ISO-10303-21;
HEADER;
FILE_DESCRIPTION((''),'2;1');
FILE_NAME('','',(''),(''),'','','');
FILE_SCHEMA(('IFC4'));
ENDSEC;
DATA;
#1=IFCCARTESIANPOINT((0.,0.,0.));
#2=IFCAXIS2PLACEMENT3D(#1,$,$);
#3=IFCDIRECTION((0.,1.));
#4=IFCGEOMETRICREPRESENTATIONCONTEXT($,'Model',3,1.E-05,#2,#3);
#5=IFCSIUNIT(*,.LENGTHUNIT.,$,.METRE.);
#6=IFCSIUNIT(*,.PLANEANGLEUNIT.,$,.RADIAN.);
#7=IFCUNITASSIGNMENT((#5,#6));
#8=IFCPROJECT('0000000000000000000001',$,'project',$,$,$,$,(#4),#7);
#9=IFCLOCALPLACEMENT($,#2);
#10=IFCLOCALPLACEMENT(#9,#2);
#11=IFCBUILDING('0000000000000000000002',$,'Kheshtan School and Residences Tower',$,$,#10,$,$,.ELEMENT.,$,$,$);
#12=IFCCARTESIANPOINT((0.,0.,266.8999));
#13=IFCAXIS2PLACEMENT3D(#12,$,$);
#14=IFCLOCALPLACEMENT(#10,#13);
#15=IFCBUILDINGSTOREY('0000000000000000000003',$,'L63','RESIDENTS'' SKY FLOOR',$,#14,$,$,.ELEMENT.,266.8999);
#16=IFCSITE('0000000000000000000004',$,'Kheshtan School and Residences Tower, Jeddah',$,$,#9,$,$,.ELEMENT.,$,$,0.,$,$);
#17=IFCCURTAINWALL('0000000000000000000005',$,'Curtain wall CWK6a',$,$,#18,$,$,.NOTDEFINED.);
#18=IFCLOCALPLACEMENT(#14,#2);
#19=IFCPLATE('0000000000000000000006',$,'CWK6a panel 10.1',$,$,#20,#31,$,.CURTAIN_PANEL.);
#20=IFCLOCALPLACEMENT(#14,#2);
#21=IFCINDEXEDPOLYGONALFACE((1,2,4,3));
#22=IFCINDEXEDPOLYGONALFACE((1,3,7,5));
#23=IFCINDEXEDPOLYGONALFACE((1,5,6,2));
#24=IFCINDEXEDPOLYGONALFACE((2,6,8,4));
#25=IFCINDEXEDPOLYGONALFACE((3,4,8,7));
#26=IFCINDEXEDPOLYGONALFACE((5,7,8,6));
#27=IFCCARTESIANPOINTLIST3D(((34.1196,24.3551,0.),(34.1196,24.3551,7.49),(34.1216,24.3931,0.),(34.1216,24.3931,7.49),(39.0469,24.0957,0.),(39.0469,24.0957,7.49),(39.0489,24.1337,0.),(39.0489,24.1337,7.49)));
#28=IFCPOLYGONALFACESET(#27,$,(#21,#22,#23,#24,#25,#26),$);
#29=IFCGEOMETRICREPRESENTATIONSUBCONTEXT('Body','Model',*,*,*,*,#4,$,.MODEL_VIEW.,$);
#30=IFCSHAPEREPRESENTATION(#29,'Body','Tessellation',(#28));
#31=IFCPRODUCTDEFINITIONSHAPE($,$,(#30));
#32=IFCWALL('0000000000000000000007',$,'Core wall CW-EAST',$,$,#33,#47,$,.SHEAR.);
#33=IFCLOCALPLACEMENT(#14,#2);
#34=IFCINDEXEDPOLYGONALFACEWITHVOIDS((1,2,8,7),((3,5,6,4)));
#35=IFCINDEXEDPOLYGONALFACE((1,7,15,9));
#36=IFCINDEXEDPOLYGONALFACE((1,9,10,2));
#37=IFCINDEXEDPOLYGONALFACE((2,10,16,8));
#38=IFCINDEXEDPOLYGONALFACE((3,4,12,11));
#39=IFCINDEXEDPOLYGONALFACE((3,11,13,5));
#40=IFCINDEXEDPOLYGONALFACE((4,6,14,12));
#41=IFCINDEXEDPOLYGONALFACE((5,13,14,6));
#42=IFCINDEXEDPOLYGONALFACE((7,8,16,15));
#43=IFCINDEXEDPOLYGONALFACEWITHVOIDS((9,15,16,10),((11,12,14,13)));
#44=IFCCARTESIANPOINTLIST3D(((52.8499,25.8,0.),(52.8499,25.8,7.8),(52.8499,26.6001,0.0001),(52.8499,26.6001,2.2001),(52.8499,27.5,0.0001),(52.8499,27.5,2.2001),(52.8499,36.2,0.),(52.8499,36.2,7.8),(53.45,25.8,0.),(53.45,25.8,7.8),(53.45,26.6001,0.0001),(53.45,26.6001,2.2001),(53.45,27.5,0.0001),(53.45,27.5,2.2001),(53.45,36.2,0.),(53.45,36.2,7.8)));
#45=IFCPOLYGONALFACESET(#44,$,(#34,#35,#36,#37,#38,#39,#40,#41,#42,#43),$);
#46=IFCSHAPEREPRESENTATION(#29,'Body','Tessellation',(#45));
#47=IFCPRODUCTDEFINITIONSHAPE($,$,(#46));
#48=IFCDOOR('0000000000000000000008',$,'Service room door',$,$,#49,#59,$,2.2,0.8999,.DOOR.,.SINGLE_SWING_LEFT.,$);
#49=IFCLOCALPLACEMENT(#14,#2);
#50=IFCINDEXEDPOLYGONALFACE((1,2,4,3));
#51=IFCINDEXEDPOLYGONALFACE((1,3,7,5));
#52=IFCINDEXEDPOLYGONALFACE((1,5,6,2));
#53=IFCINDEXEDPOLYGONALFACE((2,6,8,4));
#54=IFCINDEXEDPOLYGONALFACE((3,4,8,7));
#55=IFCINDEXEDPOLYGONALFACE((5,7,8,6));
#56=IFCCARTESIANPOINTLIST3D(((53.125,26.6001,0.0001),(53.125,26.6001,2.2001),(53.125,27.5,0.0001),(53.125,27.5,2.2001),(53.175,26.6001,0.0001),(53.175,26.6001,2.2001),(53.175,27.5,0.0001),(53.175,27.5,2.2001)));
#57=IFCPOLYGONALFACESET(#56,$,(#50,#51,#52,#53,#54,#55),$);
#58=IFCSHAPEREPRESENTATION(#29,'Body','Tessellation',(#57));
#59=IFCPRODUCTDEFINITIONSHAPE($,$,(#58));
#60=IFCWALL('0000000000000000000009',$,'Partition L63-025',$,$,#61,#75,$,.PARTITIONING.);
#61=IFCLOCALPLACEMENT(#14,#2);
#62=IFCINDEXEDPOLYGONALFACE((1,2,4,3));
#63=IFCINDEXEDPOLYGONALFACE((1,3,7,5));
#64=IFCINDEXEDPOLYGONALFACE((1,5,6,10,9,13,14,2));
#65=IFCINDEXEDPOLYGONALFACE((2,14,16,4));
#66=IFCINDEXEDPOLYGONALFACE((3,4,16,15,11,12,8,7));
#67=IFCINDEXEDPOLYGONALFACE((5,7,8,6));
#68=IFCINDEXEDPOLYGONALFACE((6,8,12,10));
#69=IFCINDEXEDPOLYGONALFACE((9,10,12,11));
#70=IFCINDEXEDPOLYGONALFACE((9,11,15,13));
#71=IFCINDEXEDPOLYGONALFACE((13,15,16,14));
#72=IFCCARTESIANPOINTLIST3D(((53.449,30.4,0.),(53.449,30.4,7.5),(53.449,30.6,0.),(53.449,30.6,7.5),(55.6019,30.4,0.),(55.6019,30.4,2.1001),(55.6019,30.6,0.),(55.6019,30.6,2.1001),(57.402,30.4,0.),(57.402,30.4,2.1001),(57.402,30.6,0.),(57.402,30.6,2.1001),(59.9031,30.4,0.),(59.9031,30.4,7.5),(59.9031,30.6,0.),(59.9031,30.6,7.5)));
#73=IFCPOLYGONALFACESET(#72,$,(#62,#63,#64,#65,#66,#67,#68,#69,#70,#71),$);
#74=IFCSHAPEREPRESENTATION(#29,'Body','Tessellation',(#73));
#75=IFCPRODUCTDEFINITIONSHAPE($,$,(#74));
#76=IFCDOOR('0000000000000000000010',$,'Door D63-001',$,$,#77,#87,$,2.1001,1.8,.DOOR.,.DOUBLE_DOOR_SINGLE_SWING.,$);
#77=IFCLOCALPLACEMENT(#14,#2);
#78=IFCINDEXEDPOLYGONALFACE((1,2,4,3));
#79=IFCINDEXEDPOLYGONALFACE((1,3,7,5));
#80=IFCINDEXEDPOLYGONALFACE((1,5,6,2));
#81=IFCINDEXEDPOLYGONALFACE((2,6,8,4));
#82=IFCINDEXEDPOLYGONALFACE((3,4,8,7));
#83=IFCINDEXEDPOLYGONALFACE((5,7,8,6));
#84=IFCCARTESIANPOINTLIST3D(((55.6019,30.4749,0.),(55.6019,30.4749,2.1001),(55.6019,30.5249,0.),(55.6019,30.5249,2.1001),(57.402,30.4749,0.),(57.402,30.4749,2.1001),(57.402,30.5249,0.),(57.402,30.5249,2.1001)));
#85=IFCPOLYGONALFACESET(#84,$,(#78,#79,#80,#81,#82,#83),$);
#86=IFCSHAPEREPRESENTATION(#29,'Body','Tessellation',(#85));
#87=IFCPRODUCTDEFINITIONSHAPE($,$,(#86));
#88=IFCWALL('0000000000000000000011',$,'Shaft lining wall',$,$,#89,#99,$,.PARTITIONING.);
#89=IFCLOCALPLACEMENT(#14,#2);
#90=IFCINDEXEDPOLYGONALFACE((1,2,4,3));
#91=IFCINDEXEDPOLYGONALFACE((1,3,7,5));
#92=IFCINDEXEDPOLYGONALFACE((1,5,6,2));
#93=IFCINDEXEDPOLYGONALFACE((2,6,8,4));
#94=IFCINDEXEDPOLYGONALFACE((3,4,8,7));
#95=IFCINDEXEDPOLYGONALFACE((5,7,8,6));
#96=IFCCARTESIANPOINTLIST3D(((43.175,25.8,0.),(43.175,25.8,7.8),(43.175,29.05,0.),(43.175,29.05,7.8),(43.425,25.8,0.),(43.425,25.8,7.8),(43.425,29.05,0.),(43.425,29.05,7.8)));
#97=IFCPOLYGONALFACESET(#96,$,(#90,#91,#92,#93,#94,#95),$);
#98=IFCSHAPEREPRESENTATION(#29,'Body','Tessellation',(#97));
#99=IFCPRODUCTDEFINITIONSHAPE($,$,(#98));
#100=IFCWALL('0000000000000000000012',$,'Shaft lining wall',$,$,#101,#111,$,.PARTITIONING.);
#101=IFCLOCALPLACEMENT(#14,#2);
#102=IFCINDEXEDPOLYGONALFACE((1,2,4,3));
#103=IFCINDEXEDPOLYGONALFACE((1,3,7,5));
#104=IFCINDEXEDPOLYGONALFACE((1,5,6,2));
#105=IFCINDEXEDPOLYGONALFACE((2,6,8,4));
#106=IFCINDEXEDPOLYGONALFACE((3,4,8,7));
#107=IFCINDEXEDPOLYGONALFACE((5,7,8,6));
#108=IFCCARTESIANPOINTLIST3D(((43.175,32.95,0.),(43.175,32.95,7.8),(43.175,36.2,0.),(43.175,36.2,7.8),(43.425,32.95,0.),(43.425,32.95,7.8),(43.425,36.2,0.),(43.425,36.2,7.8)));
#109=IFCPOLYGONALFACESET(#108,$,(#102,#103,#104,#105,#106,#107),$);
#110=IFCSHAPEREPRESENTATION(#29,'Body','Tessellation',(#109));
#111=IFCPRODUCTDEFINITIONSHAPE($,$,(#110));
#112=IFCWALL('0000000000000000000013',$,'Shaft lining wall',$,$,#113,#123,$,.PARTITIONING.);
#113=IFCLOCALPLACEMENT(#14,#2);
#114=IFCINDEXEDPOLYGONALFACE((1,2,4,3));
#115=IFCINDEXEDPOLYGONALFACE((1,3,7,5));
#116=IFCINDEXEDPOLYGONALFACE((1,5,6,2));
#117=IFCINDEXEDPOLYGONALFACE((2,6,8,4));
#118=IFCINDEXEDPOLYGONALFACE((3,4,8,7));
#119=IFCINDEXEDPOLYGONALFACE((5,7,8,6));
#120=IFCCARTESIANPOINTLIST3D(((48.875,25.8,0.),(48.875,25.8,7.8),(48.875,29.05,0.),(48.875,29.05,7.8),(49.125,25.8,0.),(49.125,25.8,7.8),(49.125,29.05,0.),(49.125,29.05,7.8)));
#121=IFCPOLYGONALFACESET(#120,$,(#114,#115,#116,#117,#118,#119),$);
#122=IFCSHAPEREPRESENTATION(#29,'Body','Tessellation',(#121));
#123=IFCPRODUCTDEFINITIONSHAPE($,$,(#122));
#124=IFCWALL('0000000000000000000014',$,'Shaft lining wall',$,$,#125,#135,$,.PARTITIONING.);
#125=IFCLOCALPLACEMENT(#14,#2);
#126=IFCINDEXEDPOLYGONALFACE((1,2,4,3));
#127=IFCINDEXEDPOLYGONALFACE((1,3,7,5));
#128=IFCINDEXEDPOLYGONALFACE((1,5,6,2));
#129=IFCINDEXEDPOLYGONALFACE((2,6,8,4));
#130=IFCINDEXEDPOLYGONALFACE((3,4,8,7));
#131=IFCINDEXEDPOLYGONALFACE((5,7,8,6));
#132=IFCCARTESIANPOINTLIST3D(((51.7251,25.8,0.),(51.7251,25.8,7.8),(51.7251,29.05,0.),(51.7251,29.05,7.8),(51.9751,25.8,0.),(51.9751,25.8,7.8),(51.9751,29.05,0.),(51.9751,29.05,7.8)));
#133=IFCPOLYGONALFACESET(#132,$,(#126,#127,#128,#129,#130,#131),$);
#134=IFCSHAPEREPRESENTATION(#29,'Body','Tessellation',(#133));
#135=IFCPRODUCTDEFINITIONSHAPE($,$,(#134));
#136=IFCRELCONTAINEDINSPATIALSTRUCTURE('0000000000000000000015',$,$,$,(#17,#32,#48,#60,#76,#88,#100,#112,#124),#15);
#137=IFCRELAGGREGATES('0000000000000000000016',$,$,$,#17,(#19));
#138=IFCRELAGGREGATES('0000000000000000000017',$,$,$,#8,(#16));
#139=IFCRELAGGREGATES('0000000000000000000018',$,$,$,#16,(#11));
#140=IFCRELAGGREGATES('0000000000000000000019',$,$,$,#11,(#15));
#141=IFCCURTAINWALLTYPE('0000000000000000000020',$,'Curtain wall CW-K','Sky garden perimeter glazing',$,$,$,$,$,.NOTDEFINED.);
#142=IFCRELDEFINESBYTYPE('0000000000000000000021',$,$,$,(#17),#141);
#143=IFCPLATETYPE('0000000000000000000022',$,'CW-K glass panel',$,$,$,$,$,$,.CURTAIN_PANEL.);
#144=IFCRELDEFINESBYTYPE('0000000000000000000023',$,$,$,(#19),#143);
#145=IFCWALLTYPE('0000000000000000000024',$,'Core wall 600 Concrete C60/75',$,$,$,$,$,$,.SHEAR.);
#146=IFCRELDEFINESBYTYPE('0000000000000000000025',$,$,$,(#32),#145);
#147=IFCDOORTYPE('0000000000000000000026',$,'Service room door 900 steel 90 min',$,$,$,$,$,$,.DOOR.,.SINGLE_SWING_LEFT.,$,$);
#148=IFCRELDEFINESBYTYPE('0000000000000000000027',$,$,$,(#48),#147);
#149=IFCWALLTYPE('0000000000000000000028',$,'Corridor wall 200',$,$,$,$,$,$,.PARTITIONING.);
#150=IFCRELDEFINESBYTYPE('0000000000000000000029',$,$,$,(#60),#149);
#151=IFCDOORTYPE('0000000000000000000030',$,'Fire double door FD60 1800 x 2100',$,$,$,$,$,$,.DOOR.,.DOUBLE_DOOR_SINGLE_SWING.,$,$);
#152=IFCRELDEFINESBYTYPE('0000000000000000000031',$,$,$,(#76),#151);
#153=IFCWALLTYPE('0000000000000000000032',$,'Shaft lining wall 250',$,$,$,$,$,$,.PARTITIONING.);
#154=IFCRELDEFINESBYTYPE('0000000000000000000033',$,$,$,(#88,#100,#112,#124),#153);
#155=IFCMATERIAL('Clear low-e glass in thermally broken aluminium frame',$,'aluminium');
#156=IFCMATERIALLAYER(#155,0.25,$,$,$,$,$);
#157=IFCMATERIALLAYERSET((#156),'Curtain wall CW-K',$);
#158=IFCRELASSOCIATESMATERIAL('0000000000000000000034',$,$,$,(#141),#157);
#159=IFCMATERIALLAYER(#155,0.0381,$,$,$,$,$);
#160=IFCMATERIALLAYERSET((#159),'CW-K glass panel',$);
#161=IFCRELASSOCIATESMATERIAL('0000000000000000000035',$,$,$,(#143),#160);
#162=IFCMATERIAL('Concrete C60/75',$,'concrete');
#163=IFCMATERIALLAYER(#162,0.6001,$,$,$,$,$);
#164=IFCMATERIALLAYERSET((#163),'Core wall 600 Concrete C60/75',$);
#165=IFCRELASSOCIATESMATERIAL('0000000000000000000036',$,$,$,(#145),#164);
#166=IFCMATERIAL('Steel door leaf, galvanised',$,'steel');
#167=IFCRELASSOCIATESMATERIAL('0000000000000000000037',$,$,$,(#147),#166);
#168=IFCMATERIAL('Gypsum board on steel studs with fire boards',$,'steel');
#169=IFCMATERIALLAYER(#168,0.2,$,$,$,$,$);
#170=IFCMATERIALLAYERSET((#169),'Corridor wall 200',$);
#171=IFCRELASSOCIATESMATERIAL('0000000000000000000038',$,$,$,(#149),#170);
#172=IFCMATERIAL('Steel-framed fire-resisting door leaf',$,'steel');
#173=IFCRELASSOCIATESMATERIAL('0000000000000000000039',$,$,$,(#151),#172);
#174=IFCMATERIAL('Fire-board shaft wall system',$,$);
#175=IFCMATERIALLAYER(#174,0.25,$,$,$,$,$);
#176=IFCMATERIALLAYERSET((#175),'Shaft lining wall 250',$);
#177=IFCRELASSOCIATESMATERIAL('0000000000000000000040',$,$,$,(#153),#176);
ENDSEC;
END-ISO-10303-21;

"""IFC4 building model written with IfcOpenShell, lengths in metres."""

from ifc_helpers import new_model, si_unit, direction, frame, frame_2d, origin, origin_2d, place, context, subcontext, project, spatial, rectangle, extrude, source, transform, mapped, material, layer, layer_set, type_object, element, fill, aggregate, save


model = new_model("IFC4")

# Units and contexts
model_context = context("Model", 3, precision=1e-05, world=origin(), true_north=direction((0.0, 1.0)))
body_context = subcontext(model_context, "Body", "Model", "MODEL_VIEW")
ifc_project = project(units=[si_unit("LENGTHUNIT", "METRE"), si_unit("PLANEANGLEUNIT", "RADIAN")], contexts=[model_context])

# Site, building, storey
site_placement = place(None, origin())
site = spatial("IfcSite", under=ifc_project, at=site_placement, Name="Kheshtan School and Residences Tower, Jeddah", CompositionType="ELEMENT", RefElevation=0.0)
building_placement = place(site_placement, origin())
building = spatial("IfcBuilding", under=site, at=building_placement, Name="Kheshtan School and Residences Tower", CompositionType="ELEMENT")
storey_placement = place(building_placement, frame((0.0, 0.0, 266.8999)))
storey = spatial("IfcBuildingStorey", under=building, at=storey_placement, Name="L63", Description="RESIDENTS' SKY FLOOR", CompositionType="ELEMENT", Elevation=266.8999)

# Curtain wall, plate
ifc_material_1 = material(Name="Clear low-e glass in thermally broken aluminium frame", Category="aluminium")
ifc_layer_1 = layer(ifc_material_1, 0.25)
ifc_layer_set_1 = layer_set([ifc_layer_1], Name="Curtain wall CW-K")
curtain_wall_type = type_object("IfcCurtainWallType", Name="Curtain wall CW-K", Description="Sky garden perimeter glazing", PredefinedType="NOTDEFINED", material=ifc_layer_set_1)
curtain_wall_placement = place(storey_placement, origin())
curtain_wall = element("IfcCurtainWall", 1, at=curtain_wall_placement, inside=storey, type_object=curtain_wall_type, Name="Curtain wall CWK6a", PredefinedType="NOTDEFINED")
ifc_layer_2 = layer(ifc_material_1, 0.0381)
ifc_layer_set_2 = layer_set([ifc_layer_2], Name="CW-K glass panel")
plate_type = type_object("IfcPlateType", Name="CW-K glass panel", PredefinedType="CURTAIN_PANEL", material=ifc_layer_set_2)
plate_1_placement = place(storey_placement, frame((36.5842, 24.2444, 0.0), z_axis=(0.0, 0.0, 1.0), x_axis=(-0.998617, 0.052566, 0.0)))
plate_1 = element("IfcPlate", 2, at=plate_1_placement, type_object=plate_type, Name="CWK6a panel 10.1", PredefinedType="CURTAIN_PANEL", context=body_context, shape_type="SweptSolid", body=[
    extrude(rectangle(XDim=4.9341, YDim=0.0381, at=origin_2d()), origin(), (0.0, 0.0, 1.0), 7.49),
])
aggregate(curtain_wall, [plate_1])

# Walls, openings, doors
ifc_material_2 = material(Name="Concrete C60/75", Category="concrete")
ifc_layer_3 = layer(ifc_material_2, 0.6001)
ifc_layer_set_3 = layer_set([ifc_layer_3], Name="Core wall 600 Concrete C60/75")
wall_type_1 = type_object("IfcWallType", Name="Core wall 600 Concrete C60/75", PredefinedType="SHEAR", material=ifc_layer_set_3)
wall_1_placement = place(storey_placement, frame((53.1499, 25.8, 0.0), z_axis=(0.0, 0.0, 1.0), x_axis=(0.0, 1.0, 0.0)))
wall_1 = element("IfcWall", 3, at=wall_1_placement, inside=storey, type_object=wall_type_1, Name="Core wall CW-EAST", PredefinedType="SHEAR", context=body_context, shape_type="SweptSolid", body=[
    extrude(rectangle(XDim=10.3999, YDim=0.6001, at=frame_2d((5.2, 0.0))), origin(), (0.0, 0.0, 1.0), 7.8),
])
opening_1_placement = place(wall_1_placement, frame((0.8, 0.0, 0.0)))
opening_1 = element("IfcOpeningElement", 4, at=opening_1_placement, cuts=wall_1, PredefinedType="OPENING", context=body_context, shape_type="SweptSolid", body=[
    extrude(rectangle(XDim=0.8999, YDim=2.2, at=frame_2d((0.45, 1.1001))), frame((0.0, 0.3101, 0.0), z_axis=(0.0, -1.0, 0.0), x_axis=(1.0, 0.0, 0.0)), (0.0, 0.0, 1.0), 0.6201),
])
ifc_material_3 = material(Name="Steel door leaf, galvanised", Category="steel")
door_type_1 = type_object("IfcDoorType", Name="Service room door 900 steel 90 min", OperationType="SINGLE_SWING_LEFT", PredefinedType="DOOR", material=ifc_material_3)
shared_shape_1 = source(origin(), body_context, "Body", "SweptSolid", [
    extrude(rectangle(XDim=0.8999, YDim=2.2, at=frame_2d((0.45, 1.1001))), frame((0.0, 0.0249, 0.0), z_axis=(0.0, -1.0, 0.0), x_axis=(1.0, 0.0, 0.0)), (0.0, 0.0, 1.0), 0.05),
])
door_1_placement = place(opening_1_placement, origin())
door_1 = element("IfcDoor", 5, at=door_1_placement, inside=storey, type_object=door_type_1, Name="Service room door", OperationType="SINGLE_SWING_LEFT", OverallHeight=2.2, OverallWidth=0.8999, PredefinedType="DOOR", context=body_context, shape_type="MappedRepresentation", body=[
    mapped(shared_shape_1, transform((0.0, 0.0, 0.0), x_axis=(1.0, 0.0, 0.0), y_axis=(0.0, 1.0, 0.0), z_axis=(0.0, 0.0, 1.0), scale=1.0)),
])
fill(opening_1, door_1)
ifc_material_4 = material(Name="Gypsum board on steel studs with fire boards", Category="steel")
ifc_layer_4 = layer(ifc_material_4, 0.2)
ifc_layer_set_4 = layer_set([ifc_layer_4], Name="Corridor wall 200")
wall_type_2 = type_object("IfcWallType", Name="Corridor wall 200", PredefinedType="PARTITIONING", material=ifc_layer_set_4)
wall_2_placement = place(storey_placement, frame((53.449, 30.5, 0.0), z_axis=(0.0, 0.0, 1.0), x_axis=(1.0, 0.0, 0.0)))
wall_2 = element("IfcWall", 6, at=wall_2_placement, inside=storey, type_object=wall_type_2, Name="Partition L63-025", PredefinedType="PARTITIONING", context=body_context, shape_type="SweptSolid", body=[
    extrude(rectangle(XDim=6.4541, YDim=0.2, at=frame_2d((3.2271, 0.0))), origin(), (0.0, 0.0, 1.0), 7.5),
])
opening_2_placement = place(wall_2_placement, frame((2.1531, 0.0, 0.0)))
opening_2 = element("IfcOpeningElement", 7, at=opening_2_placement, cuts=wall_2, PredefinedType="OPENING", context=body_context, shape_type="SweptSolid", body=[
    extrude(rectangle(XDim=1.8, YDim=2.1001, at=frame_2d((0.8999, 1.05))), frame((0.0, 0.1099, 0.0), z_axis=(0.0, -1.0, 0.0), x_axis=(1.0, 0.0, 0.0)), (0.0, 0.0, 1.0), 0.22),
])
ifc_material_5 = material(Name="Steel-framed fire-resisting door leaf", Category="steel")
door_type_2 = type_object("IfcDoorType", Name="Fire double door FD60 1800 x 2100", OperationType="DOUBLE_DOOR_SINGLE_SWING", PredefinedType="DOOR", material=ifc_material_5)
shared_shape_2 = source(origin(), body_context, "Body", "SweptSolid", [
    extrude(rectangle(XDim=1.8, YDim=2.1001, at=frame_2d((0.8999, 1.05))), frame((0.0, 0.0249, 0.0), z_axis=(0.0, -1.0, 0.0), x_axis=(1.0, 0.0, 0.0)), (0.0, 0.0, 1.0), 0.05),
])
door_2_placement = place(opening_2_placement, origin())
door_2 = element("IfcDoor", 8, at=door_2_placement, inside=storey, type_object=door_type_2, Name="Door D63-001", OperationType="DOUBLE_DOOR_SINGLE_SWING", OverallHeight=2.1001, OverallWidth=1.8, PredefinedType="DOOR", context=body_context, shape_type="MappedRepresentation", body=[
    mapped(shared_shape_2, transform((0.0, 0.0, 0.0), x_axis=(1.0, 0.0, 0.0), y_axis=(0.0, 1.0, 0.0), z_axis=(0.0, 0.0, 1.0), scale=1.0)),
])
fill(opening_2, door_2)

# Walls
ifc_material_6 = material(Name="Fire-board shaft wall system")
ifc_layer_5 = layer(ifc_material_6, 0.25)
ifc_layer_set_5 = layer_set([ifc_layer_5], Name="Shaft lining wall 250")
wall_type_3 = type_object("IfcWallType", Name="Shaft lining wall 250", PredefinedType="PARTITIONING", material=ifc_layer_set_5)
for number, where, z_axis, x_axis, name in (
    (9, (43.3, 25.8, 0.0), (0.0, 0.0, 1.0), (0.0, 1.0, 0.0), "Shaft lining wall"),
    (10, (43.3, 32.95, 0.0), (0.0, 0.0, 1.0), (0.0, 1.0, 0.0), "Shaft lining wall"),
    (11, (49.0, 25.8, 0.0), (0.0, 0.0, 1.0), (0.0, 1.0, 0.0), "Shaft lining wall"),
    (12, (51.8501, 25.8, 0.0), (0.0, 0.0, 1.0), (0.0, 1.0, 0.0), "Shaft lining wall"),
):
    element("IfcWall", number, at=place(storey_placement, frame(where, z_axis=z_axis, x_axis=x_axis)), inside=storey, type_object=wall_type_3, Name=name, PredefinedType="PARTITIONING", context=body_context, shape_type="SweptSolid", body=[
        extrude(rectangle(XDim=3.25, YDim=0.25, at=frame_2d((1.625, 0.0))), origin(), (0.0, 0.0, 1.0), 7.8),
    ])

save(model, "model.ifc")
